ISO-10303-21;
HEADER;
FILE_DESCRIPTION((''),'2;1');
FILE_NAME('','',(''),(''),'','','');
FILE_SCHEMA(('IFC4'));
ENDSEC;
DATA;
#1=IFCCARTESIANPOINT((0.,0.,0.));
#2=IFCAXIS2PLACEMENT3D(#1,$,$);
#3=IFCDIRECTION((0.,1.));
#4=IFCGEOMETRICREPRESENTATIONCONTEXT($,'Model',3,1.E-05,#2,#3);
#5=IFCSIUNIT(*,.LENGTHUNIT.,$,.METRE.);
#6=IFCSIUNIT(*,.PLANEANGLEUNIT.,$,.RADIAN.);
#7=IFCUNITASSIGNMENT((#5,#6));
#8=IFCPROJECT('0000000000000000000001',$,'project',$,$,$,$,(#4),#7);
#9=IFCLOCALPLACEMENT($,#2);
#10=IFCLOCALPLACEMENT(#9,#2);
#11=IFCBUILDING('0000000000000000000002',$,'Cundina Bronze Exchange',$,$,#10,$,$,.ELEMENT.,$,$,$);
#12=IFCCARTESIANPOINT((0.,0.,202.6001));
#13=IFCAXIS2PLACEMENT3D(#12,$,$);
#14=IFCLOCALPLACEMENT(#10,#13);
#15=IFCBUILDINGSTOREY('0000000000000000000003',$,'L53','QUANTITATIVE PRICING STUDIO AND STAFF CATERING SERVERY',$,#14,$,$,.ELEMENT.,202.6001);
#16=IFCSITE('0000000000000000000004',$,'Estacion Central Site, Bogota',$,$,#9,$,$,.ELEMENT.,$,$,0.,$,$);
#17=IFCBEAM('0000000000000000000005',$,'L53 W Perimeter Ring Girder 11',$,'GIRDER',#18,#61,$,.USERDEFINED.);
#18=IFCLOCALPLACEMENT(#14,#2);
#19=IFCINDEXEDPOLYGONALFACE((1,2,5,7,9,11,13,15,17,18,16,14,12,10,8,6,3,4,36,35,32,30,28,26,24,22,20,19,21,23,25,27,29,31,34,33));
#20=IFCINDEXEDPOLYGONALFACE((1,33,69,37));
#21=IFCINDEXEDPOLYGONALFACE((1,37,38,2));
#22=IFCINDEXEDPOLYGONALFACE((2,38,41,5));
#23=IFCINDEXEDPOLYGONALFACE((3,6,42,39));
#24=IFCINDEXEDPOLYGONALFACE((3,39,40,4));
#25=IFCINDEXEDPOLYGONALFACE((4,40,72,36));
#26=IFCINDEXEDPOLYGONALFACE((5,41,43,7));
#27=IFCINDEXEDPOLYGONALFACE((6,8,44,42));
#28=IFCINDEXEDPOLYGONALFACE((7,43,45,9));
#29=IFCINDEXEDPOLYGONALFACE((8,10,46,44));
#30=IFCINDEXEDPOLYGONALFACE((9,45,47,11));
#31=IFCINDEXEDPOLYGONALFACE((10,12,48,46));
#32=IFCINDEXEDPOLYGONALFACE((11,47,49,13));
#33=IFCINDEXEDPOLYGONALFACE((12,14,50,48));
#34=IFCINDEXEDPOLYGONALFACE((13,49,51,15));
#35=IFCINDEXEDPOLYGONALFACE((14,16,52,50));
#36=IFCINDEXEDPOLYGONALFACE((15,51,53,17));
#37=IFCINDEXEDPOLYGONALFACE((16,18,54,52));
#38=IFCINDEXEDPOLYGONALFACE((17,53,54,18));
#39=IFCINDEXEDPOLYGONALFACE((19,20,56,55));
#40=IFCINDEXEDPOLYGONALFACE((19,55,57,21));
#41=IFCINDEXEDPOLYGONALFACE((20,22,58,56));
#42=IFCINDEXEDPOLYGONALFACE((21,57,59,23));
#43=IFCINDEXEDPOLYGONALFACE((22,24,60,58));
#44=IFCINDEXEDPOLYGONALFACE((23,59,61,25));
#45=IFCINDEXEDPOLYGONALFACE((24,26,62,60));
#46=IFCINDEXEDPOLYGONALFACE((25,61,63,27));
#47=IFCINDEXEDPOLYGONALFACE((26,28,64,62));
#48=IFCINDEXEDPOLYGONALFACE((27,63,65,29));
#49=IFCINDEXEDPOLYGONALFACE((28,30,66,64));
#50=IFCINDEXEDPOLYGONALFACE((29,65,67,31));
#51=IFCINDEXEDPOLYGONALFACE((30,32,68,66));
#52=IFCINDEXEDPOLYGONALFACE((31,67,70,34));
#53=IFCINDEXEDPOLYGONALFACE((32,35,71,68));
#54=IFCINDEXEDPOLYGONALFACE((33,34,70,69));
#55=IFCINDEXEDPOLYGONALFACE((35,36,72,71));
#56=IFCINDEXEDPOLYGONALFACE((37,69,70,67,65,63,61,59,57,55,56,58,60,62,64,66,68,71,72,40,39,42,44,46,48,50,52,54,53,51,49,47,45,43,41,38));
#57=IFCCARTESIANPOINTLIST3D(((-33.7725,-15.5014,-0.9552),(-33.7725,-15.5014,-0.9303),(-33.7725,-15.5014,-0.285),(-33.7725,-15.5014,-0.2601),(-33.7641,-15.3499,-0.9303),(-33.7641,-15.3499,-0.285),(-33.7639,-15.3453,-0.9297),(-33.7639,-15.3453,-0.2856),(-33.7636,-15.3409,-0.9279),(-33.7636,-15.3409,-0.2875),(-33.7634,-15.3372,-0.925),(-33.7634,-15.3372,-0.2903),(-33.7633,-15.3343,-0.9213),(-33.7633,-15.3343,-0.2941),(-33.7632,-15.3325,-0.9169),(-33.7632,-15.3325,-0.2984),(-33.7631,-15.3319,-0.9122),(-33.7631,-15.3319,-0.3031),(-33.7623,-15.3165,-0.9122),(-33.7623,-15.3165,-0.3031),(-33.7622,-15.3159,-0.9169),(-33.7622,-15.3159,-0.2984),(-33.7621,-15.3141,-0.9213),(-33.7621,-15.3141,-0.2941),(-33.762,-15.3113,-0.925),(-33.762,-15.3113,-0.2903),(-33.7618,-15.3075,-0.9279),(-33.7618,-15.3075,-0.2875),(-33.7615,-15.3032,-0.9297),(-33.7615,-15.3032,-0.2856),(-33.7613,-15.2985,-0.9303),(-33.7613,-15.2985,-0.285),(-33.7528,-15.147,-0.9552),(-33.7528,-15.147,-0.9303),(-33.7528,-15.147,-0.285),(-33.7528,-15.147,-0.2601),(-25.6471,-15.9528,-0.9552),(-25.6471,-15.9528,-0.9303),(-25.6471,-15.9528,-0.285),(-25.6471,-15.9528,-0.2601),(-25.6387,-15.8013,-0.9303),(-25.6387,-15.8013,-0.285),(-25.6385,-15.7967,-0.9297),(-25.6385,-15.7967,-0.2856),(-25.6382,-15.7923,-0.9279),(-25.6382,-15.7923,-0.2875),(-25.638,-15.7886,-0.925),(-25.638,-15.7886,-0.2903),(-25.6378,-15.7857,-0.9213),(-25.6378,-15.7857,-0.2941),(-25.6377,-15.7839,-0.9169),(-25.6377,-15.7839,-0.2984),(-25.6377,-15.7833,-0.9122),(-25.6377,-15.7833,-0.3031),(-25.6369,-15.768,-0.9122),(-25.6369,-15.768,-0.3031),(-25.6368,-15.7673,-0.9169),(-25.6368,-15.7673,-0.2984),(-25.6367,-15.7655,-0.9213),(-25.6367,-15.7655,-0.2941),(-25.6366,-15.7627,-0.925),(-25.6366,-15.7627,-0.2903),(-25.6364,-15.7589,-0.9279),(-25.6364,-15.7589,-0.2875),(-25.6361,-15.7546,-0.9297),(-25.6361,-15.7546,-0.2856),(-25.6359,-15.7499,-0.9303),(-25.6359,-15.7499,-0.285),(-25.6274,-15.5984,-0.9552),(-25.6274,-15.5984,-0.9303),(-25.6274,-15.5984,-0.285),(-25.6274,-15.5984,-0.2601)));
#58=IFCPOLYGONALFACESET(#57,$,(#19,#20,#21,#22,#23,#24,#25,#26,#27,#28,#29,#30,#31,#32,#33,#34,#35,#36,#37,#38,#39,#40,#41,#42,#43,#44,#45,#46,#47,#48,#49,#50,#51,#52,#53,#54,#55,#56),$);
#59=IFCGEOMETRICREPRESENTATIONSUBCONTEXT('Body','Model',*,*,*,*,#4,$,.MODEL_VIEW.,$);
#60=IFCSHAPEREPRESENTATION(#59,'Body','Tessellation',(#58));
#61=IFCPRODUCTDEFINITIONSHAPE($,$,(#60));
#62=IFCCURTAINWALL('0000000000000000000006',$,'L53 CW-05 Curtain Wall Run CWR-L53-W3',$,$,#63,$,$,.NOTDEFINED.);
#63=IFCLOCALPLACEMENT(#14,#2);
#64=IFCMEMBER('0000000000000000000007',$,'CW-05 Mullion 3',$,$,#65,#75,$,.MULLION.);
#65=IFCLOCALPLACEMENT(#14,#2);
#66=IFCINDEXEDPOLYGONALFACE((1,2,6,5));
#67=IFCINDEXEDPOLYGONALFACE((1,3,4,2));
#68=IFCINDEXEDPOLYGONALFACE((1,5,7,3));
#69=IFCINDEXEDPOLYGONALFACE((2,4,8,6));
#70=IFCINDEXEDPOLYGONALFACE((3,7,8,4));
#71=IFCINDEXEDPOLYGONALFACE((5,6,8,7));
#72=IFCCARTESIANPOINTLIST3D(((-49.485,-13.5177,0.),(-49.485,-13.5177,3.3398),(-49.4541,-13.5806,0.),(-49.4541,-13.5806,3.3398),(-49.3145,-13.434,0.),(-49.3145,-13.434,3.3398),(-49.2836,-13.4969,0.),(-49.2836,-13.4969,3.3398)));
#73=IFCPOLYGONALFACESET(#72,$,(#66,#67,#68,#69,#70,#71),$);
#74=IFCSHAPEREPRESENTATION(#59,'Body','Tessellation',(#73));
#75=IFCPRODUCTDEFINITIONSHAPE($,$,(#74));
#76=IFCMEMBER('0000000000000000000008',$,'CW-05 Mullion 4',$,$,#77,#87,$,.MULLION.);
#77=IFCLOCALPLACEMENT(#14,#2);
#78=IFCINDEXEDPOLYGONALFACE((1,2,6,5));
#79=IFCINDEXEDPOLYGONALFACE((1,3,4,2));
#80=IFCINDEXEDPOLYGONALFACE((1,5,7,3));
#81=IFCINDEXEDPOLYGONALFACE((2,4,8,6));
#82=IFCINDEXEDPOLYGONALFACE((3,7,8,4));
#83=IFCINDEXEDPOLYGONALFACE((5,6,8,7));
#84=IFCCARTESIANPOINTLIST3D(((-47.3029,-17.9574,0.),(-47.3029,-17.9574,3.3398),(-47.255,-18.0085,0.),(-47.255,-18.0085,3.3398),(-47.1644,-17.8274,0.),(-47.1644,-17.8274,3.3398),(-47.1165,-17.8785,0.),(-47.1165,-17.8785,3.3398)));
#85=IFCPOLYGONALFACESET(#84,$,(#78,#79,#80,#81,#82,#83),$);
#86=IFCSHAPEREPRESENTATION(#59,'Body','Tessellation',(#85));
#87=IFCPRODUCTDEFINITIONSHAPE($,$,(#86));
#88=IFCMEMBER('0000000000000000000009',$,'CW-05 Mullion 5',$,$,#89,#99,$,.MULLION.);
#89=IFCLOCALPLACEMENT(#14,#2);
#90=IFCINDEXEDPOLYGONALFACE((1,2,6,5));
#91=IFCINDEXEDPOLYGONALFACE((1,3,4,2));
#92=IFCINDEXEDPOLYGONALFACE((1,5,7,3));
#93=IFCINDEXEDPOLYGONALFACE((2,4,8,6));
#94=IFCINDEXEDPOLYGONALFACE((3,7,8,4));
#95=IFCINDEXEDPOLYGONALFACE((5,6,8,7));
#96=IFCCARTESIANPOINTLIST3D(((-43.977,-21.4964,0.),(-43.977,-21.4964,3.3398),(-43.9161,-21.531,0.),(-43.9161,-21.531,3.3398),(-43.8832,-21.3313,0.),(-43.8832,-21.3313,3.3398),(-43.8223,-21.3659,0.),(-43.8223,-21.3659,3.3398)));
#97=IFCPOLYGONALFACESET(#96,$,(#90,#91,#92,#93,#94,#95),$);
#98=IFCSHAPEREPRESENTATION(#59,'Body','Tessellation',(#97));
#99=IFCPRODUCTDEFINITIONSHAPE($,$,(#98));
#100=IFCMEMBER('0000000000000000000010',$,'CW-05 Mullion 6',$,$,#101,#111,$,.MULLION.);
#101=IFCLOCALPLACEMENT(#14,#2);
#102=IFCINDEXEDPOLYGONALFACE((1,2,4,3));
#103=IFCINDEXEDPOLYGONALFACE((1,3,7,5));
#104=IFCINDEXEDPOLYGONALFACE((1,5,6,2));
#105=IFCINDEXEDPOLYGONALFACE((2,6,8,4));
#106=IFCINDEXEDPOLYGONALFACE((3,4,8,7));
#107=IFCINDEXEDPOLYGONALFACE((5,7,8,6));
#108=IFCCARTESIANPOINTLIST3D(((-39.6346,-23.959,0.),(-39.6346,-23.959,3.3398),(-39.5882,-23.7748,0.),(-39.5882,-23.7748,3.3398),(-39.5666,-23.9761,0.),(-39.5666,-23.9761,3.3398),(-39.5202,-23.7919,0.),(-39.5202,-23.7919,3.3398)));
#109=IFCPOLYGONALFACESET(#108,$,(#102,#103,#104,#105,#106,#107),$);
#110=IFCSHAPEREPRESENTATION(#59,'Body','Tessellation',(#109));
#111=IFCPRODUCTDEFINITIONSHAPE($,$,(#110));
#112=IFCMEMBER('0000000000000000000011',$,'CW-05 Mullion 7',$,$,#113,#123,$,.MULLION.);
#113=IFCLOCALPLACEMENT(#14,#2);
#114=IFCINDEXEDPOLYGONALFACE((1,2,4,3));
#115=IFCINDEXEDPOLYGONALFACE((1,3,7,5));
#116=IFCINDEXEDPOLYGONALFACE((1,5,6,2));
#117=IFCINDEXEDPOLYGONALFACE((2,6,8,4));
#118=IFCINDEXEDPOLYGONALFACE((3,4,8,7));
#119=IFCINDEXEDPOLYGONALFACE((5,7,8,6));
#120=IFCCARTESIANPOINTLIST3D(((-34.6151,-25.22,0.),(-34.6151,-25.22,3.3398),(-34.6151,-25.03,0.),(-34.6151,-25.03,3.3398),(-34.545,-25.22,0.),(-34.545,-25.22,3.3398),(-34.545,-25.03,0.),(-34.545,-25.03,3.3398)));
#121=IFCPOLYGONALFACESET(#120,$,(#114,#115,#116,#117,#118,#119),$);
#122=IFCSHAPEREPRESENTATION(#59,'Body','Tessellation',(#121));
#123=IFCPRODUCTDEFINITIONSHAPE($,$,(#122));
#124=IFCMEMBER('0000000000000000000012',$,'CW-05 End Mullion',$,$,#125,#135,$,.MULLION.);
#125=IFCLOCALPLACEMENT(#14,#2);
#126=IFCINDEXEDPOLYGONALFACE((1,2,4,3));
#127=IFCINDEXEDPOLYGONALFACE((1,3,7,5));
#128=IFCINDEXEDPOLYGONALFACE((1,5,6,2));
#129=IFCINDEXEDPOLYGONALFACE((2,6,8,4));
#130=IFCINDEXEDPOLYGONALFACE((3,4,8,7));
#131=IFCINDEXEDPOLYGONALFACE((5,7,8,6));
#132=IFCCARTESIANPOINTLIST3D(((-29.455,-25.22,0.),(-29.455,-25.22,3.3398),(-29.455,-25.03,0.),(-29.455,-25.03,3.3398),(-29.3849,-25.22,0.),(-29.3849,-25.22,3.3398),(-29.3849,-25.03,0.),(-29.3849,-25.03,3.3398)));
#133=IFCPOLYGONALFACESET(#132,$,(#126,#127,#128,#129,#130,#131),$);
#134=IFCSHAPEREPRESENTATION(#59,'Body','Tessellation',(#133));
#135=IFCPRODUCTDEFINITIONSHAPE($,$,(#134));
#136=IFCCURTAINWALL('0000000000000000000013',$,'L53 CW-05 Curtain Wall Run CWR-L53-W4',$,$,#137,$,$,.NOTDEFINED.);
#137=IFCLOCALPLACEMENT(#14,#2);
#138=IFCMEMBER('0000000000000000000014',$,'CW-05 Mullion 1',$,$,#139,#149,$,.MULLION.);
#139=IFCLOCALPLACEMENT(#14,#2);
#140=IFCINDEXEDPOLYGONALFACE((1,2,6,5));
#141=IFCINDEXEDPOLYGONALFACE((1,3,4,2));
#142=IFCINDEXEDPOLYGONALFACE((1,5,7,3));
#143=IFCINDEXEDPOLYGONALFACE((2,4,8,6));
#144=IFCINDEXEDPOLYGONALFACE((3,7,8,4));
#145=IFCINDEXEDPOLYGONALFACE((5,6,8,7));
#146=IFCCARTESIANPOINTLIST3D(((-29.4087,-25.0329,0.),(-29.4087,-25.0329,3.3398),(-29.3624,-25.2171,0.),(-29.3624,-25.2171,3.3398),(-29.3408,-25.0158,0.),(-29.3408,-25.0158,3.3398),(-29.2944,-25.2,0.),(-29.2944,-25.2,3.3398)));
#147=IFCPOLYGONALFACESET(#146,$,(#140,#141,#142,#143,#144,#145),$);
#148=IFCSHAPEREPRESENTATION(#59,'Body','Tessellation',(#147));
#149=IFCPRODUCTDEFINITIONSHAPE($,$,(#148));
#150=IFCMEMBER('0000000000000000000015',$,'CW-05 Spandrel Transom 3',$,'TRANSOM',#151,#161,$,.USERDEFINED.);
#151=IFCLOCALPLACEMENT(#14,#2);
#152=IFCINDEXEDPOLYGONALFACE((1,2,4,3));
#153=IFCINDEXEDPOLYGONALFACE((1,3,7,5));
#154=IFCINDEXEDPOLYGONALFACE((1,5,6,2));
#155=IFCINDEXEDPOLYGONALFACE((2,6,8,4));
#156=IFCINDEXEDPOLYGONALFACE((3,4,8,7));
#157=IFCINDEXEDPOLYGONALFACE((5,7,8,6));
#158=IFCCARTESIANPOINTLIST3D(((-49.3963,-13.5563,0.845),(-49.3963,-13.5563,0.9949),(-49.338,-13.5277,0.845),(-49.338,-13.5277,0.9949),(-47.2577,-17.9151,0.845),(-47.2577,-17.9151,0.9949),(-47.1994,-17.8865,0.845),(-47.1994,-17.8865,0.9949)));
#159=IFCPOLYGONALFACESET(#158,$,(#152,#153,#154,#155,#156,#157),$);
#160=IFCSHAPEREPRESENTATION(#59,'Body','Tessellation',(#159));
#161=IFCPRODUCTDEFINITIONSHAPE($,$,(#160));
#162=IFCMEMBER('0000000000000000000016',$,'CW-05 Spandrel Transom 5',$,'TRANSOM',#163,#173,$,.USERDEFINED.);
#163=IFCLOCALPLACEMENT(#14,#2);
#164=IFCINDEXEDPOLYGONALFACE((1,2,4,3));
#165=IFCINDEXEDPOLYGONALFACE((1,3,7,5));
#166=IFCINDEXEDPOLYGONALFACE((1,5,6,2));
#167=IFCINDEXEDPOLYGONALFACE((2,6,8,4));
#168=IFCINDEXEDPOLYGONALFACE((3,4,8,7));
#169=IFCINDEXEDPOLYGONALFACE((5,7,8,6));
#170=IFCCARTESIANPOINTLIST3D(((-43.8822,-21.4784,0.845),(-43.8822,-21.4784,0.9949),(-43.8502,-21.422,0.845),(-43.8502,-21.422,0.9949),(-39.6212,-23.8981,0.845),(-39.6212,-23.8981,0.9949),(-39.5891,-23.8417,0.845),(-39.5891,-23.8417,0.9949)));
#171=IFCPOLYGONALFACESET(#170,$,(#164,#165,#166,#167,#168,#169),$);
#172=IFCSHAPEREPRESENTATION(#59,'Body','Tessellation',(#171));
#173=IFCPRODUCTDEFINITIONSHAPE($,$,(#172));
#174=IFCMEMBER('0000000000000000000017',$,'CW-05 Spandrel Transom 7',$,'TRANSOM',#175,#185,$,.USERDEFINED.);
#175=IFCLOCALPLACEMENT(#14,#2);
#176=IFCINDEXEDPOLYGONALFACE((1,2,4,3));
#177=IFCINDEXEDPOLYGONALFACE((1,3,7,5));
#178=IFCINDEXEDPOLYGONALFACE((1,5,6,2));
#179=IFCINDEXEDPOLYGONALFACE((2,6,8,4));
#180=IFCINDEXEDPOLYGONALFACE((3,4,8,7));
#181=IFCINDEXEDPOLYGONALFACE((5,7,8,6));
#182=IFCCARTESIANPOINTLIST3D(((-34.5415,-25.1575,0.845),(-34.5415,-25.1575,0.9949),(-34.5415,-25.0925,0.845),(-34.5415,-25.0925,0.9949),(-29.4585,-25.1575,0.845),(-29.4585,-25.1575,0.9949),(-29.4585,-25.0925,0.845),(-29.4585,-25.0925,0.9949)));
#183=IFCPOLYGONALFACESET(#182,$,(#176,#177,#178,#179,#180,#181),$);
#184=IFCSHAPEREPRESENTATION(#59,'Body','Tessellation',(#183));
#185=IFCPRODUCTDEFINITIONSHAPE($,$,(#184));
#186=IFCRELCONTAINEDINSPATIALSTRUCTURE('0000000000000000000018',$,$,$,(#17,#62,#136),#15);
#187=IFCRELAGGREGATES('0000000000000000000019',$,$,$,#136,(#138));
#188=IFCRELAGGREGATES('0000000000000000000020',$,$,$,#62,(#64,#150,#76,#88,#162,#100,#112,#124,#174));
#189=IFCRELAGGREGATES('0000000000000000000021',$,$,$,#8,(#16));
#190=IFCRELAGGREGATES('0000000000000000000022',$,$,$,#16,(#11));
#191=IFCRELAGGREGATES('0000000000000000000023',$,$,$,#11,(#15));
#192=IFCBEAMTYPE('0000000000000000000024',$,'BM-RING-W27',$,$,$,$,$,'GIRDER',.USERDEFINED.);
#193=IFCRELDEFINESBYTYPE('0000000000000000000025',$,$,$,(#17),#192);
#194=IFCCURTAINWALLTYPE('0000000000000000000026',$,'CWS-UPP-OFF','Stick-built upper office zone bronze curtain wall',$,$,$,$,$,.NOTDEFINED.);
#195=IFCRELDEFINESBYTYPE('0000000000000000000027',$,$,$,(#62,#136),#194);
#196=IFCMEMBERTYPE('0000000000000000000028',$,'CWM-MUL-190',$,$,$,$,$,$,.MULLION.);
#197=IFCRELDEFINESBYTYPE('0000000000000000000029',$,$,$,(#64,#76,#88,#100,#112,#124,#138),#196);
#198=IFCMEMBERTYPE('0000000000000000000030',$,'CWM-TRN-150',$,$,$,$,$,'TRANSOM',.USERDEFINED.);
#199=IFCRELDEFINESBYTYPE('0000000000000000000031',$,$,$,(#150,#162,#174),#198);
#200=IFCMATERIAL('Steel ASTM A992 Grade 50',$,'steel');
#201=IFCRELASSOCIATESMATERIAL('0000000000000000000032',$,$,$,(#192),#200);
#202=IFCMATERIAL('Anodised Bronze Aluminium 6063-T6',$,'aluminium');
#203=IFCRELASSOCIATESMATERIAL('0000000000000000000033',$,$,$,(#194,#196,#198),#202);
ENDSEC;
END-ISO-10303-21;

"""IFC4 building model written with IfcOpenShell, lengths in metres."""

from ifc_helpers import new_model, si_unit, direction, frame, origin, origin_2d, place, context, subcontext, project, spatial, rectangle, i_section, extrude, material, material_profile, profile_set, type_object, element, aggregate, save


model = new_model("IFC4")

# Units and contexts
model_context = context("Model", 3, precision=1e-05, world=origin(), true_north=direction((0.0, 1.0)))
body_context = subcontext(model_context, "Body", "Model", "MODEL_VIEW")
ifc_project = project(units=[si_unit("LENGTHUNIT", "METRE"), si_unit("PLANEANGLEUNIT", "RADIAN")], contexts=[model_context])

# Site, building, storey
site_placement = place(None, origin())
site = spatial("IfcSite", under=ifc_project, at=site_placement, Name="Estacion Central Site, Bogota", CompositionType="ELEMENT", RefElevation=0.0)
building_placement = place(site_placement, origin())
building = spatial("IfcBuilding", under=site, at=building_placement, Name="Cundina Bronze Exchange", CompositionType="ELEMENT")
storey_placement = place(building_placement, frame((0.0, 0.0, 202.6001)))
storey = spatial("IfcBuildingStorey", under=building, at=storey_placement, Name="L53", Description="QUANTITATIVE PRICING STUDIO AND STAFF CATERING SERVERY", CompositionType="ELEMENT", Elevation=202.6001)

# Beam
ifc_material_1 = material(Name="Steel ASTM A992 Grade 50", Category="steel")
ifc_material_profile_1 = material_profile(ifc_material_1, i_section(OverallWidth=0.355, OverallDepth=0.6951, WebThickness=0.0154, FlangeThickness=0.0249, FilletRadius=0.0181, at=origin_2d()), Name="W27X146", Category="steel")
ifc_profile_set_1 = profile_set([ifc_material_profile_1], Name="Steel ASTM A992 Grade 50")
beam_type_1 = type_object("IfcBeamType", Name="BM-RING-W27", ElementType="GIRDER", PredefinedType="USERDEFINED", material=ifc_profile_set_1)
for number, where, z_axis, x_axis, name in (
    (1, (-33.7627, -15.3242, -0.6077), (0.99846, -0.05547, 0.0), (0.05547, 0.99846, 0.0), "L53 W Perimeter Ring Girder 11"),
):
    element("IfcBeam", number, at=place(storey_placement, frame(where, z_axis=z_axis, x_axis=x_axis)), inside=storey, type_object=beam_type_1, Name=name, ObjectType="GIRDER", PredefinedType="USERDEFINED", context=body_context, shape_type="SweptSolid", body=[
        extrude(i_section(OverallWidth=0.355, OverallDepth=0.6951, WebThickness=0.0154, FlangeThickness=0.0249, FilletRadius=0.0181, at=origin_2d()), origin(), (0.0, 0.0, 1.0), 8.1379),
    ])

# Curtain wall, members
ifc_material_2 = material(Name="Anodised Bronze Aluminium 6063-T6", Category="aluminium")
curtain_wall_type = type_object("IfcCurtainWallType", Name="CWS-UPP-OFF", Description="Stick-built upper office zone bronze curtain wall", PredefinedType="NOTDEFINED", material=ifc_material_2)
curtain_wall_1_placement = place(storey_placement, origin())
curtain_wall_1 = element("IfcCurtainWall", 2, at=curtain_wall_1_placement, inside=storey, type_object=curtain_wall_type, Name="L53 CW-05 Curtain Wall Run CWR-L53-W3", PredefinedType="NOTDEFINED")
ifc_material_profile_2 = material_profile(ifc_material_2, rectangle(XDim=0.0701, YDim=0.1899, at=origin_2d()), Name="AL70X190", Category="aluminium")
ifc_profile_set_2 = profile_set([ifc_material_profile_2], Name="Anodised Bronze Aluminium 6063-T6")
member_type_1 = type_object("IfcMemberType", Name="CWM-MUL-190", PredefinedType="MULLION", material=ifc_profile_set_2)
member_1_placement = place(storey_placement, frame((-49.3843, -13.5073, 0.0), z_axis=(0.0, 0.0, 1.0), x_axis=(0.440566, -0.89772, 0.0)))
member_1 = element("IfcMember", 3, at=member_1_placement, type_object=member_type_1, Name="CW-05 Mullion 3", PredefinedType="MULLION", context=body_context, shape_type="SweptSolid", body=[
    extrude(rectangle(XDim=0.0701, YDim=0.1899, at=origin_2d()), origin(), (0.0, 0.0, 1.0), 3.3398),
])
member_2_placement = place(storey_placement, frame((-47.2097, -17.918, 0.0), z_axis=(0.0, 0.0, 1.0), x_axis=(0.684293, -0.729208, 0.0)))
member_2 = element("IfcMember", 4, at=member_2_placement, type_object=member_type_1, Name="CW-05 Mullion 4", PredefinedType="MULLION", context=body_context, shape_type="SweptSolid", body=[
    extrude(rectangle(XDim=0.0701, YDim=0.1899, at=origin_2d()), origin(), (0.0, 0.0, 1.0), 3.3398),
])
member_3_placement = place(storey_placement, frame((-43.8997, -21.4312, 0.0), z_axis=(0.0, 0.0, 1.0), x_axis=(0.869581, -0.49379, 0.0)))
member_3 = element("IfcMember", 5, at=member_3_placement, type_object=member_type_1, Name="CW-05 Mullion 5", PredefinedType="MULLION", context=body_context, shape_type="SweptSolid", body=[
    extrude(rectangle(XDim=0.0701, YDim=0.1899, at=origin_2d()), origin(), (0.0, 0.0, 1.0), 3.3398),
])
member_4_placement = place(storey_placement, frame((-39.5774, -23.8755, 0.0), z_axis=(0.0, 0.0, 1.0), x_axis=(0.969744, -0.244123, 0.0)))
member_4 = element("IfcMember", 6, at=member_4_placement, type_object=member_type_1, Name="CW-05 Mullion 6", PredefinedType="MULLION", context=body_context, shape_type="SweptSolid", body=[
    extrude(rectangle(XDim=0.0701, YDim=0.1899, at=origin_2d()), origin(), (0.0, 0.0, 1.0), 3.3398),
])
member_5_placement = place(storey_placement, frame((-34.5801, -25.125, 0.0), z_axis=(0.0, 0.0, 1.0), x_axis=(1.0, 0.0, 0.0)))
member_5 = element("IfcMember", 7, at=member_5_placement, type_object=member_type_1, Name="CW-05 Mullion 7", PredefinedType="MULLION", context=body_context, shape_type="SweptSolid", body=[
    extrude(rectangle(XDim=0.0701, YDim=0.1899, at=origin_2d()), origin(), (0.0, 0.0, 1.0), 3.3398),
])
member_6_placement = place(storey_placement, frame((-29.4199, -25.125, 0.0), z_axis=(0.0, 0.0, 1.0), x_axis=(1.0, 0.0, 0.0)))
member_6 = element("IfcMember", 8, at=member_6_placement, type_object=member_type_1, Name="CW-05 End Mullion", PredefinedType="MULLION", context=body_context, shape_type="SweptSolid", body=[
    extrude(rectangle(XDim=0.0701, YDim=0.1899, at=origin_2d()), origin(), (0.0, 0.0, 1.0), 3.3398),
])

# Curtain wall, member
curtain_wall_2_placement = place(storey_placement, origin())
curtain_wall_2 = element("IfcCurtainWall", 9, at=curtain_wall_2_placement, inside=storey, type_object=curtain_wall_type, Name="L53 CW-05 Curtain Wall Run CWR-L53-W4", PredefinedType="NOTDEFINED")
member_7_placement = place(storey_placement, frame((-29.3516, -25.1165, 0.0), z_axis=(0.0, 0.0, 1.0), x_axis=(0.969744, 0.244123, 0.0)))
member_7 = element("IfcMember", 10, at=member_7_placement, type_object=member_type_1, Name="CW-05 Mullion 1", PredefinedType="MULLION", context=body_context, shape_type="SweptSolid", body=[
    extrude(rectangle(XDim=0.0701, YDim=0.1899, at=origin_2d()), origin(), (0.0, 0.0, 1.0), 3.3398),
])
aggregate(curtain_wall_2, [member_7])

# Members
ifc_material_profile_3 = material_profile(ifc_material_2, rectangle(XDim=0.0649, YDim=0.1499, at=origin_2d()), Name="AL65X150", Category="aluminium")
ifc_profile_set_3 = profile_set([ifc_material_profile_3], Name="Anodised Bronze Aluminium 6063-T6")
member_type_2 = type_object("IfcMemberType", Name="CWM-TRN-150", ElementType="TRANSOM", PredefinedType="USERDEFINED", material=ifc_profile_set_3)
member_8_placement = place(storey_placement, frame((-49.3672, -13.542, 0.9199), z_axis=(0.440483, -0.897761, 0.0), x_axis=(0.897761, 0.440483, 0.0)))
member_8 = element("IfcMember", 11, at=member_8_placement, type_object=member_type_2, Name="CW-05 Spandrel Transom 3", ObjectType="TRANSOM", PredefinedType="USERDEFINED", context=body_context, shape_type="SweptSolid", body=[
    extrude(rectangle(XDim=0.0649, YDim=0.1499, at=origin_2d()), origin(), (0.0, 0.0, 1.0), 4.8552),
])
member_9_placement = place(storey_placement, frame((-43.8662, -21.4502, 0.9199), z_axis=(0.869574, -0.493803, 0.0), x_axis=(0.493803, 0.869574, 0.0)))
member_9 = element("IfcMember", 12, at=member_9_placement, type_object=member_type_2, Name="CW-05 Spandrel Transom 5", ObjectType="TRANSOM", PredefinedType="USERDEFINED", context=body_context, shape_type="SweptSolid", body=[
    extrude(rectangle(XDim=0.0649, YDim=0.1499, at=origin_2d()), origin(), (0.0, 0.0, 1.0), 4.9001),
])
member_10_placement = place(storey_placement, frame((-34.5415, -25.125, 0.9199), z_axis=(1.0, 0.0, 0.0), x_axis=(0.0, 1.0, 0.0)))
member_10 = element("IfcMember", 13, at=member_10_placement, type_object=member_type_2, Name="CW-05 Spandrel Transom 7", ObjectType="TRANSOM", PredefinedType="USERDEFINED", context=body_context, shape_type="SweptSolid", body=[
    extrude(rectangle(XDim=0.0649, YDim=0.1499, at=origin_2d()), origin(), (0.0, 0.0, 1.0), 5.083),
])

aggregate(curtain_wall_1, [member_1, member_8, member_2, member_3, member_9, member_4, member_5, member_6, member_10])

save(model, "model.ifc")
